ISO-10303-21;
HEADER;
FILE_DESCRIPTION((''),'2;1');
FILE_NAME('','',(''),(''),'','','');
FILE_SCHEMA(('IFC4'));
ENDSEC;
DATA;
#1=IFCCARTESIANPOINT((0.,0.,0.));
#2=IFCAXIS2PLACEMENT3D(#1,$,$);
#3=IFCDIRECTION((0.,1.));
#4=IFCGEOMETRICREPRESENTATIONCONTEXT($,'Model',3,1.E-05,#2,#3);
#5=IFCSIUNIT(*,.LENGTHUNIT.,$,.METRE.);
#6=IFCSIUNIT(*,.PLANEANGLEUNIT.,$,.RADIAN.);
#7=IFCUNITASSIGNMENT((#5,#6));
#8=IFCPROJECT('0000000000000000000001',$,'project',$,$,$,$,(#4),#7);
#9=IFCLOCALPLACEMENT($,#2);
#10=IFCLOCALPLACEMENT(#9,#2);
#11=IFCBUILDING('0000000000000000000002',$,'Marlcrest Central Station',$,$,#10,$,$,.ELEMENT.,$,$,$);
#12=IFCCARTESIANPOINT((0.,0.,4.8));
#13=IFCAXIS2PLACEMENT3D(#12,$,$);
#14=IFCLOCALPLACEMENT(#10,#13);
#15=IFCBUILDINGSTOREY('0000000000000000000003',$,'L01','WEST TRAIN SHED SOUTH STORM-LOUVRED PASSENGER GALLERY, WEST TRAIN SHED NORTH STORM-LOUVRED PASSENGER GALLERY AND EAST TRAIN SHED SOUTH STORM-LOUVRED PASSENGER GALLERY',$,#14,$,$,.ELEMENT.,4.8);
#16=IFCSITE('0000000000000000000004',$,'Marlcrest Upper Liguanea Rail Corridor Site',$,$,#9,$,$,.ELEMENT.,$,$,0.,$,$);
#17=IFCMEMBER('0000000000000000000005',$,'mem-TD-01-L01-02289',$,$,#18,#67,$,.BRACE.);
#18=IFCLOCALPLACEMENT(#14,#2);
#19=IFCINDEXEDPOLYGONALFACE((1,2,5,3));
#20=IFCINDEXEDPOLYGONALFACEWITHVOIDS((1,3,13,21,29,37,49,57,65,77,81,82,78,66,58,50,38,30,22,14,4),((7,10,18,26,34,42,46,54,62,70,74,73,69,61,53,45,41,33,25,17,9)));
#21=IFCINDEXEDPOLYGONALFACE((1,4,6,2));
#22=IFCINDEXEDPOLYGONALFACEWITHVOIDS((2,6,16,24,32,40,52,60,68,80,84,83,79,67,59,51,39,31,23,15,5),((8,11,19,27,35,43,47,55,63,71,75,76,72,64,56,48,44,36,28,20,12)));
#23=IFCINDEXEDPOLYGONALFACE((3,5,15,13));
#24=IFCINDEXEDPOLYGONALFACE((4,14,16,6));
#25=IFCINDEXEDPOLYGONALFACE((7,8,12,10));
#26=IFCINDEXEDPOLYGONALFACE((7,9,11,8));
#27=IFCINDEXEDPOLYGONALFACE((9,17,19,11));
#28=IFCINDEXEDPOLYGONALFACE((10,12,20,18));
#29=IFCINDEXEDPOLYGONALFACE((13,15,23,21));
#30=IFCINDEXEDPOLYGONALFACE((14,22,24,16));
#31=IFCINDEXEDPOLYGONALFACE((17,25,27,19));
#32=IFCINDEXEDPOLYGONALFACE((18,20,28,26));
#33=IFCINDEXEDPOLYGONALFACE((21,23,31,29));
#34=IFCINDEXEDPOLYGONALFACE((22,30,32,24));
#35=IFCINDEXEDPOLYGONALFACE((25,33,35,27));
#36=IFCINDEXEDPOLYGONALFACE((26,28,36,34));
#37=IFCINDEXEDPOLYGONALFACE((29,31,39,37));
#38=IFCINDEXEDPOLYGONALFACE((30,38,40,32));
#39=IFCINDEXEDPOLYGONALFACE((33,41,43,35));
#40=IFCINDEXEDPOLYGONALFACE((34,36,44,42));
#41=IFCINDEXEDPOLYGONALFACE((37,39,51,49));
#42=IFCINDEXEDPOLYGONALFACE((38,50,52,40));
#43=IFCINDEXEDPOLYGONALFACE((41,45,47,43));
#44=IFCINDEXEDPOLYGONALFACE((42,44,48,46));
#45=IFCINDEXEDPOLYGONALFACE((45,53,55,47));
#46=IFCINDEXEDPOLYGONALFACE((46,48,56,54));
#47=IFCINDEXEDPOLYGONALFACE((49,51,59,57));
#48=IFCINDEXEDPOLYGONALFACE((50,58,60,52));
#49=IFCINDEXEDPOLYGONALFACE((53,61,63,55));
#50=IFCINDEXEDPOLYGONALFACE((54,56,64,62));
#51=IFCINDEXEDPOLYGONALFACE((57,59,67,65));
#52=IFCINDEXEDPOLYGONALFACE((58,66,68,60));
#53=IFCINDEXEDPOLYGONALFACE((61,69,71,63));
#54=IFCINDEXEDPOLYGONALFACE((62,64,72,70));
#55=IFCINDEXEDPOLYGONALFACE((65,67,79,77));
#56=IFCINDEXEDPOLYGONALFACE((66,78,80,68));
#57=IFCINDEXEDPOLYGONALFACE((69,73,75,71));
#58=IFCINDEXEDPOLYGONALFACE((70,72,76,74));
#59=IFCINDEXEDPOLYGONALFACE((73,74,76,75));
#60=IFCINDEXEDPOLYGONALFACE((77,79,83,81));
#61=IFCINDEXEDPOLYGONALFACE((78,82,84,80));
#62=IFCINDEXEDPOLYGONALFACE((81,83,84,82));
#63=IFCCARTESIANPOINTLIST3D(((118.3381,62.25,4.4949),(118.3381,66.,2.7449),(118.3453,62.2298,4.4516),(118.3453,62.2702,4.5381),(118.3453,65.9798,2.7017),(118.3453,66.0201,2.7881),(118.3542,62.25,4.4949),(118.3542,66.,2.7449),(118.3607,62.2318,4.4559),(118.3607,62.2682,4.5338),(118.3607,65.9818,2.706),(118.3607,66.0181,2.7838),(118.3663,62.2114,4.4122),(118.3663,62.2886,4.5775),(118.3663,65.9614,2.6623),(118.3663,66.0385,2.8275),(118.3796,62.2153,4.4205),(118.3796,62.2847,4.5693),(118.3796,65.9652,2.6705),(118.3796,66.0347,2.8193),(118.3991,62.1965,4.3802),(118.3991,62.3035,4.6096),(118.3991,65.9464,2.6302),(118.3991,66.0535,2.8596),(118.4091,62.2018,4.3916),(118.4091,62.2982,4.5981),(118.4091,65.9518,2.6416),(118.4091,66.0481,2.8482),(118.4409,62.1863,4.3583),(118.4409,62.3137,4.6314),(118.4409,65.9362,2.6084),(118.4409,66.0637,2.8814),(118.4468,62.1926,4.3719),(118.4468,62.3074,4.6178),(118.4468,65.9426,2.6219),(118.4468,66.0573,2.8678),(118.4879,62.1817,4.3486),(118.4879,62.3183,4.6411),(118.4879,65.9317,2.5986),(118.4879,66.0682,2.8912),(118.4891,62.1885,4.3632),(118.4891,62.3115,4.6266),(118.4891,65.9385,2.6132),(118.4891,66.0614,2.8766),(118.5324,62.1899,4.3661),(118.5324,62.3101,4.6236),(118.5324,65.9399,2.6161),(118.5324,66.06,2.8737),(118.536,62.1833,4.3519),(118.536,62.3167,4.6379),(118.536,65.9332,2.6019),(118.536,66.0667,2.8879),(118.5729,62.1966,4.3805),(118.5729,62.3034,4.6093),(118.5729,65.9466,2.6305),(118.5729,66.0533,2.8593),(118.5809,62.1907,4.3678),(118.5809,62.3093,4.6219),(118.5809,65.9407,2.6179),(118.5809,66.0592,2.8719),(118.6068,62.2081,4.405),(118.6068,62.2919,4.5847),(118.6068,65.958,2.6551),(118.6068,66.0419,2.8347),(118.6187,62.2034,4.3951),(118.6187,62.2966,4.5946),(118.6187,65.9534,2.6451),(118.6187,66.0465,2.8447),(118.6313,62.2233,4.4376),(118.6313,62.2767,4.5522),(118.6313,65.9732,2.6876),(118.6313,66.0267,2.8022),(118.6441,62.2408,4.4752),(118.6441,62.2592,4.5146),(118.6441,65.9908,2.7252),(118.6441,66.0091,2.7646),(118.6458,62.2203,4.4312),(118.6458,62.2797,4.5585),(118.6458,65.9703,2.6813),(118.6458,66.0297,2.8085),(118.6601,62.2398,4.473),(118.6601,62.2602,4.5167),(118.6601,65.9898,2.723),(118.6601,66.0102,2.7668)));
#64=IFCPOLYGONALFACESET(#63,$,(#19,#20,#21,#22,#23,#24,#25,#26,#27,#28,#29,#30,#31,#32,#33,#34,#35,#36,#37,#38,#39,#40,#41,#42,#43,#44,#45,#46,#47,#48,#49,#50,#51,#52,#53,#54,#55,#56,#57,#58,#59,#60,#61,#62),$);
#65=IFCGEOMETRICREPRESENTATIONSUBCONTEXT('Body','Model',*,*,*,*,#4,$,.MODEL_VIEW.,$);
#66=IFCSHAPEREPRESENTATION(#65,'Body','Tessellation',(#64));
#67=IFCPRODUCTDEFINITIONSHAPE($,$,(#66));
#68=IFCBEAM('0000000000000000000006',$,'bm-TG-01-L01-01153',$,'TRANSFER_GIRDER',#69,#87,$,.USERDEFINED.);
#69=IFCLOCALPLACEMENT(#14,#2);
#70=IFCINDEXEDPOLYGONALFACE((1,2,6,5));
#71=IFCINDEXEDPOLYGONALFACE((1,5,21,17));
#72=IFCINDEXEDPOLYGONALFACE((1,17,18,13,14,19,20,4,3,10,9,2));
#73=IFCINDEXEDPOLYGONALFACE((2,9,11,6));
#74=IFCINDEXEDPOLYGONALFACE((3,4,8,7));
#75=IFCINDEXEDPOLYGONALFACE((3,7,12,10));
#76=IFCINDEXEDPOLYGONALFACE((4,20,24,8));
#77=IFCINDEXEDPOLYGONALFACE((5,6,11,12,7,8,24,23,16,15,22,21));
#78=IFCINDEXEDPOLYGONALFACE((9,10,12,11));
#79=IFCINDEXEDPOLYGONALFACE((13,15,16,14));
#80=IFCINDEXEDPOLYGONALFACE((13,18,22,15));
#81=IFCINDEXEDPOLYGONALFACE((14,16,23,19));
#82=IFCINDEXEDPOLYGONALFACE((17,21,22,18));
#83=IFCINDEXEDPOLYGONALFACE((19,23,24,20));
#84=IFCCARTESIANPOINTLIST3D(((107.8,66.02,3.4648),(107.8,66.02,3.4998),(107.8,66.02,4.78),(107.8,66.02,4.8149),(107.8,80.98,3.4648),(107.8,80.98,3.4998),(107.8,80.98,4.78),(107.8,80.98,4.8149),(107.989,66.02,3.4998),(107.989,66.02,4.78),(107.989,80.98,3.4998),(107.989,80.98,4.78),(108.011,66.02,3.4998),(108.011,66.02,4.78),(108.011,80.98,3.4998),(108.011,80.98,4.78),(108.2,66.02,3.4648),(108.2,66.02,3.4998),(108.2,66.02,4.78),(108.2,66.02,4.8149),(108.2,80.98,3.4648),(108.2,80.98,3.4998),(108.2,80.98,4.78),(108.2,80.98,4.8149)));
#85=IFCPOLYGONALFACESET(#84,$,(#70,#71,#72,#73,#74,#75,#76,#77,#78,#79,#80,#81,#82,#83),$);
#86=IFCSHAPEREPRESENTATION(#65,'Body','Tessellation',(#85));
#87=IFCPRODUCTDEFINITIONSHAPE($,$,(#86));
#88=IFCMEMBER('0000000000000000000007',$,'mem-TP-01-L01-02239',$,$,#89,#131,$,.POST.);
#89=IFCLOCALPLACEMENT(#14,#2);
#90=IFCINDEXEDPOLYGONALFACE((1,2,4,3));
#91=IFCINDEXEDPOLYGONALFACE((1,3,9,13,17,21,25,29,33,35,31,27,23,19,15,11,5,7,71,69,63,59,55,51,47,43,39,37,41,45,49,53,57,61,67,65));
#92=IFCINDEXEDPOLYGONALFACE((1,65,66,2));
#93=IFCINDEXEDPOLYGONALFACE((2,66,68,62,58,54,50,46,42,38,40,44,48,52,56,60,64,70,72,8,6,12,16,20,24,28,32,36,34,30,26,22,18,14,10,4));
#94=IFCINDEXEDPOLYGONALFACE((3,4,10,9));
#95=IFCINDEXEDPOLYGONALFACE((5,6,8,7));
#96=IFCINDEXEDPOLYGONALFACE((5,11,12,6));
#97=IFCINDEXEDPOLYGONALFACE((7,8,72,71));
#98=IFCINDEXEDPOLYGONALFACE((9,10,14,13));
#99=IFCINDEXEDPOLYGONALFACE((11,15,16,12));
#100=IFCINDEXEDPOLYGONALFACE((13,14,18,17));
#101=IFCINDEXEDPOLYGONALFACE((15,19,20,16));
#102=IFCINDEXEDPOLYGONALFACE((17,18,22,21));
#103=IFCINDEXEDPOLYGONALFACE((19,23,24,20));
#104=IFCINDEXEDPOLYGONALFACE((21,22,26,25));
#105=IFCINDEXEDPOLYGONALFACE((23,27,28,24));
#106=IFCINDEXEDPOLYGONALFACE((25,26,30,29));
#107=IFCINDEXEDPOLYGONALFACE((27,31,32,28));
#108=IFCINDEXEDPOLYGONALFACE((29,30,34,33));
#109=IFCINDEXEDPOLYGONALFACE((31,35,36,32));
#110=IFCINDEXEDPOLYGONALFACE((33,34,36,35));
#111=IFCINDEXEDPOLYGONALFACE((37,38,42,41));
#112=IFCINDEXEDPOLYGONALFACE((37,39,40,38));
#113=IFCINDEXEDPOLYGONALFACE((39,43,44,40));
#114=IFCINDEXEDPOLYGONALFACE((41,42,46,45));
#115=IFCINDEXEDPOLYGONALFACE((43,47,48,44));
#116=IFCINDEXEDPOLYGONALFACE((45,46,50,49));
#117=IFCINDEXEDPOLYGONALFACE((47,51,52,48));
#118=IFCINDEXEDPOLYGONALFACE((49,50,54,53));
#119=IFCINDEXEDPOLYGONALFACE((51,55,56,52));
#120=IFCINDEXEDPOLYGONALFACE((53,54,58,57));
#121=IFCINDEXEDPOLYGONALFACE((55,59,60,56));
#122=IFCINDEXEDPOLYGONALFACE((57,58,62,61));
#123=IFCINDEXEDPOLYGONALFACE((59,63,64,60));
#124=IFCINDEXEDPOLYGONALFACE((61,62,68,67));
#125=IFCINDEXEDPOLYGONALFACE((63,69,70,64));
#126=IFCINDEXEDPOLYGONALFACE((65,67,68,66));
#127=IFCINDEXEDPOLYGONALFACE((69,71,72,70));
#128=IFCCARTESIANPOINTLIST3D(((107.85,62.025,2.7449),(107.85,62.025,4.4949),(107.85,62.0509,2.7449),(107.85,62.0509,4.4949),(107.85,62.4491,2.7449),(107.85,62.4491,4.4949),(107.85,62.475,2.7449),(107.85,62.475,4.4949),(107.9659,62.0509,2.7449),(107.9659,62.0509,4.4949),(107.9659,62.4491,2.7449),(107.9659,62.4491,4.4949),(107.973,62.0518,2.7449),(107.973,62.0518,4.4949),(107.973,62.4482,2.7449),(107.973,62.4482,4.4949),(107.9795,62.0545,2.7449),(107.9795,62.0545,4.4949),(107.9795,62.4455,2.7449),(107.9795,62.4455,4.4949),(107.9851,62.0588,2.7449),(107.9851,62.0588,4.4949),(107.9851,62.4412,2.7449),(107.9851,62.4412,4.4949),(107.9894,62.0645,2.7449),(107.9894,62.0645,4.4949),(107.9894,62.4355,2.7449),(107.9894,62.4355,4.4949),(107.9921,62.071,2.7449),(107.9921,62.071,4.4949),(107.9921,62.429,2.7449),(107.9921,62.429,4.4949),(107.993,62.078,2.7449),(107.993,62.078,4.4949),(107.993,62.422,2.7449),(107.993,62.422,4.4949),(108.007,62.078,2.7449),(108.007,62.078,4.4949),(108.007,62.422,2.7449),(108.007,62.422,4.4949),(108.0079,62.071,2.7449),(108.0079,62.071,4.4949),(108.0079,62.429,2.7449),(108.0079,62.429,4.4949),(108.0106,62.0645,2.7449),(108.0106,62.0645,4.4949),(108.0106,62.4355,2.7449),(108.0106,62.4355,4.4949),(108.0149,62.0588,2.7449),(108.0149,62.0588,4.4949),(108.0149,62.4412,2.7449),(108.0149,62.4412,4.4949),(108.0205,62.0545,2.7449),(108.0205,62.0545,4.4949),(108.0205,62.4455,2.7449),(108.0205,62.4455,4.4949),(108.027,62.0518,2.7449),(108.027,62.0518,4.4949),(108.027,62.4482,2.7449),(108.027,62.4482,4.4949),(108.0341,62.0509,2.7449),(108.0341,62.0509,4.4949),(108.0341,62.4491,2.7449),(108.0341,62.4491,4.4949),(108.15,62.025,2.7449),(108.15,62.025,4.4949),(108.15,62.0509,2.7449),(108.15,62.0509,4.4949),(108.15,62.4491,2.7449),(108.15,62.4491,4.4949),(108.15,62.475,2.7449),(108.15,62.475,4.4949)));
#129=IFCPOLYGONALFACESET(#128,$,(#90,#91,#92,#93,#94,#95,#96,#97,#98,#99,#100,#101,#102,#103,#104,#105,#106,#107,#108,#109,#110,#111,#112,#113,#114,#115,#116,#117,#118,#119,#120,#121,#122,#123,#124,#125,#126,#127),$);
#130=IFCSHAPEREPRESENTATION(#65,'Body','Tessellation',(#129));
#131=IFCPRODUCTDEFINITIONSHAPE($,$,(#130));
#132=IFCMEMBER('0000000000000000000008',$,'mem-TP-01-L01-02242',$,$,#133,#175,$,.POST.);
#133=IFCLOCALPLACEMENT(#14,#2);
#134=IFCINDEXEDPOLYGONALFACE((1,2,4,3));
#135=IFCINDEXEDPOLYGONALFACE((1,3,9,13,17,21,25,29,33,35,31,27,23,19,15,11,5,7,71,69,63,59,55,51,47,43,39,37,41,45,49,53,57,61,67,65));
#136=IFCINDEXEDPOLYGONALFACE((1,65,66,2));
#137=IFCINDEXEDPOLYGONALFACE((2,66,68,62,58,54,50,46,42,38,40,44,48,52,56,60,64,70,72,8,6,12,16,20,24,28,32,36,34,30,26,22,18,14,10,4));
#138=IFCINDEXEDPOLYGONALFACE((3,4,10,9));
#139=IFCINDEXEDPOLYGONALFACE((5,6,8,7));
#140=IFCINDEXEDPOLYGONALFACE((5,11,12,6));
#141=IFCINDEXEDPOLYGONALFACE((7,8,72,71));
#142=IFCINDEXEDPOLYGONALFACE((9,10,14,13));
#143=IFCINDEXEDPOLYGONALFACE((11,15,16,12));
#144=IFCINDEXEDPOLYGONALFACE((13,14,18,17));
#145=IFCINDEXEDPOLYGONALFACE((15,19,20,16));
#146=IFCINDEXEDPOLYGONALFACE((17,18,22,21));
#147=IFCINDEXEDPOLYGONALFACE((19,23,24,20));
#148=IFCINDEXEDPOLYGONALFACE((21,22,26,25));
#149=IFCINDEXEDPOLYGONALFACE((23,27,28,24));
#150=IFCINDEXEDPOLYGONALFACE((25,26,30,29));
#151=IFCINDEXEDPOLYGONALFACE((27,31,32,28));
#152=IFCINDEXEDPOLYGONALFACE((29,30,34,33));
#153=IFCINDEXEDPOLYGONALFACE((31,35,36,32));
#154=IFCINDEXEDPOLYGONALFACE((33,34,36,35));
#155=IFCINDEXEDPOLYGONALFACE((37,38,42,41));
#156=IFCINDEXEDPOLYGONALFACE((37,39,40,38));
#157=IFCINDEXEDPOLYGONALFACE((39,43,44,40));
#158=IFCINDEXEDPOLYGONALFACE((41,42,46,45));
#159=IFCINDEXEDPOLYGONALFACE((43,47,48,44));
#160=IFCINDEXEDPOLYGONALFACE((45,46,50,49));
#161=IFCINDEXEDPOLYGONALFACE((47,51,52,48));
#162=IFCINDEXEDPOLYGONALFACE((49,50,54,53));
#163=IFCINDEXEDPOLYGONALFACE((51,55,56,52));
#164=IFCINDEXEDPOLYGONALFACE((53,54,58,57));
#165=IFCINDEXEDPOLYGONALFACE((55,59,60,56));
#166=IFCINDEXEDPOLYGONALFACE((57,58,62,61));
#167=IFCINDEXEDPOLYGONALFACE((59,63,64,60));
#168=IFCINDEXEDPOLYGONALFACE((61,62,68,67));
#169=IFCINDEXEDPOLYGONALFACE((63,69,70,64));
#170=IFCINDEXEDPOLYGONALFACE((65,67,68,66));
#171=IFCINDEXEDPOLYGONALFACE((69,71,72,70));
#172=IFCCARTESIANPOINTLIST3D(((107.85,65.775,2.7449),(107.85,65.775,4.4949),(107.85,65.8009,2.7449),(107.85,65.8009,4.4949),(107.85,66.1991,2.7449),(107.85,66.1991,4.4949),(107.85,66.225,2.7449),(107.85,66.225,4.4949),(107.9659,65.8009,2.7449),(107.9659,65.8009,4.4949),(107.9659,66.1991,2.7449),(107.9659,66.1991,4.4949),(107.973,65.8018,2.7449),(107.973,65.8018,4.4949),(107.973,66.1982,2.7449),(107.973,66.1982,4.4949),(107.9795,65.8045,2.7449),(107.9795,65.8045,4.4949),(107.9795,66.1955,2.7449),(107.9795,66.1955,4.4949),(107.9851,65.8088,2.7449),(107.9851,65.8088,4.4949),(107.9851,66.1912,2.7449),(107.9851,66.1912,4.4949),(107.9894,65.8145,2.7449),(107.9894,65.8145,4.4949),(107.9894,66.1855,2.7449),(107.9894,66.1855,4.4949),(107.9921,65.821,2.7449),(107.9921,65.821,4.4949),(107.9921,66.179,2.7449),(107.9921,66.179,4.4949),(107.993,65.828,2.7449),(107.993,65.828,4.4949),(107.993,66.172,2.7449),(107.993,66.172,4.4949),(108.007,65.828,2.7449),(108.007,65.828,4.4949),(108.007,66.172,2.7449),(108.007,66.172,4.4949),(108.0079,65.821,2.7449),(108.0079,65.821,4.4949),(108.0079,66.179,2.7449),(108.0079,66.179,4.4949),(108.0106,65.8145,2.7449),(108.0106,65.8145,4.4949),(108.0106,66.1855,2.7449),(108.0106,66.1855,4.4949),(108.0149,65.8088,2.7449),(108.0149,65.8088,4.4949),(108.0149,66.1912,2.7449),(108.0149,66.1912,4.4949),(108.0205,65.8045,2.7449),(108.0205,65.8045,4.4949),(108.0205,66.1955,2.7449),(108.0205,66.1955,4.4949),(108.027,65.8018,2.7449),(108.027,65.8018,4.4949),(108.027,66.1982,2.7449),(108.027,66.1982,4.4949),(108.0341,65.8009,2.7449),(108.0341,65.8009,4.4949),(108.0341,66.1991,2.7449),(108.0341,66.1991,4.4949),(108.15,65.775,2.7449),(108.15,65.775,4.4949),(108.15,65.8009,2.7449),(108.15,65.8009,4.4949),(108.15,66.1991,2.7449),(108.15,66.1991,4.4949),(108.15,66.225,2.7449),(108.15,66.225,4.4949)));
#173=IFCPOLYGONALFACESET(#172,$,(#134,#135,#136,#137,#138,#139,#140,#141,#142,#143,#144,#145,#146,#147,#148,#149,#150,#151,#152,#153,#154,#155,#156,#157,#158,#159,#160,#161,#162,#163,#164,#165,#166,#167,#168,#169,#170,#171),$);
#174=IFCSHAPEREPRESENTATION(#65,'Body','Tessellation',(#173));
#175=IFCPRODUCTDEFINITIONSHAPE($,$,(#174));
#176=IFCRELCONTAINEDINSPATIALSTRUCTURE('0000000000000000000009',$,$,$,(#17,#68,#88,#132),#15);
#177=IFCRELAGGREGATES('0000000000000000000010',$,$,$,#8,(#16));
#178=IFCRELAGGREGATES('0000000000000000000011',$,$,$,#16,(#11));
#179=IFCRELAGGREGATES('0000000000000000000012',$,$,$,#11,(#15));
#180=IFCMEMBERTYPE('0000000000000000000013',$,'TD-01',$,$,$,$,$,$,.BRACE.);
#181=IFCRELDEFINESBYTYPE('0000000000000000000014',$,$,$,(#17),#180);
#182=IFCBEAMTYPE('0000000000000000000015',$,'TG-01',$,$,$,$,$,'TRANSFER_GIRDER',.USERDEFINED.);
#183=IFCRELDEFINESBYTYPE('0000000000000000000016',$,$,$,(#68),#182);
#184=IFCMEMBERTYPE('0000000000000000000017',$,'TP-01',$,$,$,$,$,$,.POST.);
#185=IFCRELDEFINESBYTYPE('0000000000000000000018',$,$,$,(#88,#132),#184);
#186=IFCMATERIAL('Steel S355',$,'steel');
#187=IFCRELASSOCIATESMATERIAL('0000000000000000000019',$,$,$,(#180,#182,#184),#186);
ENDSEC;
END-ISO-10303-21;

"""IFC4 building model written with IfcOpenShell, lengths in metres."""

from ifc_helpers import new_model, si_unit, direction, frame, origin, origin_2d, place, context, subcontext, project, spatial, hollow_circle, i_section, extrude, material, material_profile, profile_set, type_object, element, save


model = new_model("IFC4")

# Units and contexts
model_context = context("Model", 3, precision=1e-05, world=origin(), true_north=direction((0.0, 1.0)))
body_context = subcontext(model_context, "Body", "Model", "MODEL_VIEW")
ifc_project = project(units=[si_unit("LENGTHUNIT", "METRE"), si_unit("PLANEANGLEUNIT", "RADIAN")], contexts=[model_context])

# Site, building, storey
site_placement = place(None, origin())
site = spatial("IfcSite", under=ifc_project, at=site_placement, Name="Marlcrest Upper Liguanea Rail Corridor Site", CompositionType="ELEMENT", RefElevation=0.0)
building_placement = place(site_placement, origin())
building = spatial("IfcBuilding", under=site, at=building_placement, Name="Marlcrest Central Station", CompositionType="ELEMENT")
storey_placement = place(building_placement, frame((0.0, 0.0, 4.8)))
storey = spatial("IfcBuildingStorey", under=building, at=storey_placement, Name="L01", Description="WEST TRAIN SHED SOUTH STORM-LOUVRED PASSENGER GALLERY, WEST TRAIN SHED NORTH STORM-LOUVRED PASSENGER GALLERY AND EAST TRAIN SHED SOUTH STORM-LOUVRED PASSENGER GALLERY", CompositionType="ELEMENT", Elevation=4.8)

# Shared definitions
ifc_material = material(Name="Steel S355", Category="steel")

# Member
ifc_material_profile_1 = material_profile(ifc_material, hollow_circle(Radius=0.1619, WallThickness=0.0161, at=origin_2d()), Name="CHS 323.9x16")
ifc_profile_set_1 = profile_set([ifc_material_profile_1], Name="Steel S355")
member_type_1 = type_object("IfcMemberType", Name="TD-01", PredefinedType="BRACE", material=ifc_profile_set_1)
for number, where, z_axis, x_axis, name in (
    (1, (118.5, 62.25, 4.4949), (0.0, 0.906183, -0.422885), (-1.0, 0.0, 0.0), "mem-TD-01-L01-02289"),
):
    element("IfcMember", number, at=place(storey_placement, frame(where, z_axis=z_axis, x_axis=x_axis)), inside=storey, type_object=member_type_1, Name=name, PredefinedType="BRACE", context=body_context, shape_type="SweptSolid", body=[
        extrude(hollow_circle(Radius=0.1619, WallThickness=0.0161, at=origin_2d()), origin(), (0.0, 0.0, 1.0), 4.1382),
    ])

# Beam
ifc_material_profile_2 = material_profile(ifc_material, i_section(OverallWidth=0.3999, OverallDepth=1.3501, WebThickness=0.022, FlangeThickness=0.0349, at=origin_2d()), Name="PG 1350x400")
ifc_profile_set_2 = profile_set([ifc_material_profile_2], Name="Steel S355")
beam_type_1 = type_object("IfcBeamType", Name="TG-01", ElementType="TRANSFER_GIRDER", PredefinedType="USERDEFINED", material=ifc_profile_set_2)
beam_1_placement = place(storey_placement, frame((108.0, 66.02, 4.1399), z_axis=(0.0, 1.0, 0.0), x_axis=(-1.0, 0.0, 0.0)))
element("IfcBeam", 2, at=beam_1_placement, inside=storey, type_object=beam_type_1, Name="bm-TG-01-L01-01153", ObjectType="TRANSFER_GIRDER", PredefinedType="USERDEFINED", context=body_context, shape_type="SweptSolid", body=[
    extrude(i_section(OverallWidth=0.3999, OverallDepth=1.3501, WebThickness=0.022, FlangeThickness=0.0349, at=origin_2d()), origin(), (0.0, 0.0, 1.0), 14.96),
])

# Members
ifc_material_profile_3 = material_profile(ifc_material, i_section(OverallWidth=0.3, OverallDepth=0.45, WebThickness=0.0139, FlangeThickness=0.0259, FilletRadius=0.0271, at=origin_2d()), Name="HEB 450")
ifc_profile_set_3 = profile_set([ifc_material_profile_3], Name="Steel S355")
member_type_2 = type_object("IfcMemberType", Name="TP-01", PredefinedType="POST", material=ifc_profile_set_3)
for number, where, z_axis, x_axis, name in (
    (3, (108.0, 62.25, 2.7449), (0.0, 0.0, 1.0), (1.0, 0.0, 0.0), "mem-TP-01-L01-02239"),
    (4, (108.0, 66.0, 2.7449), (0.0, 0.0, 1.0), (1.0, 0.0, 0.0), "mem-TP-01-L01-02242"),
):
    element("IfcMember", number, at=place(storey_placement, frame(where, z_axis=z_axis, x_axis=x_axis)), inside=storey, type_object=member_type_2, Name=name, PredefinedType="POST", context=body_context, shape_type="SweptSolid", body=[
        extrude(i_section(OverallWidth=0.3, OverallDepth=0.45, WebThickness=0.0139, FlangeThickness=0.0259, FilletRadius=0.0271, at=origin_2d()), origin(), (0.0, 0.0, 1.0), 1.75),
    ])

save(model, "model.ifc")
